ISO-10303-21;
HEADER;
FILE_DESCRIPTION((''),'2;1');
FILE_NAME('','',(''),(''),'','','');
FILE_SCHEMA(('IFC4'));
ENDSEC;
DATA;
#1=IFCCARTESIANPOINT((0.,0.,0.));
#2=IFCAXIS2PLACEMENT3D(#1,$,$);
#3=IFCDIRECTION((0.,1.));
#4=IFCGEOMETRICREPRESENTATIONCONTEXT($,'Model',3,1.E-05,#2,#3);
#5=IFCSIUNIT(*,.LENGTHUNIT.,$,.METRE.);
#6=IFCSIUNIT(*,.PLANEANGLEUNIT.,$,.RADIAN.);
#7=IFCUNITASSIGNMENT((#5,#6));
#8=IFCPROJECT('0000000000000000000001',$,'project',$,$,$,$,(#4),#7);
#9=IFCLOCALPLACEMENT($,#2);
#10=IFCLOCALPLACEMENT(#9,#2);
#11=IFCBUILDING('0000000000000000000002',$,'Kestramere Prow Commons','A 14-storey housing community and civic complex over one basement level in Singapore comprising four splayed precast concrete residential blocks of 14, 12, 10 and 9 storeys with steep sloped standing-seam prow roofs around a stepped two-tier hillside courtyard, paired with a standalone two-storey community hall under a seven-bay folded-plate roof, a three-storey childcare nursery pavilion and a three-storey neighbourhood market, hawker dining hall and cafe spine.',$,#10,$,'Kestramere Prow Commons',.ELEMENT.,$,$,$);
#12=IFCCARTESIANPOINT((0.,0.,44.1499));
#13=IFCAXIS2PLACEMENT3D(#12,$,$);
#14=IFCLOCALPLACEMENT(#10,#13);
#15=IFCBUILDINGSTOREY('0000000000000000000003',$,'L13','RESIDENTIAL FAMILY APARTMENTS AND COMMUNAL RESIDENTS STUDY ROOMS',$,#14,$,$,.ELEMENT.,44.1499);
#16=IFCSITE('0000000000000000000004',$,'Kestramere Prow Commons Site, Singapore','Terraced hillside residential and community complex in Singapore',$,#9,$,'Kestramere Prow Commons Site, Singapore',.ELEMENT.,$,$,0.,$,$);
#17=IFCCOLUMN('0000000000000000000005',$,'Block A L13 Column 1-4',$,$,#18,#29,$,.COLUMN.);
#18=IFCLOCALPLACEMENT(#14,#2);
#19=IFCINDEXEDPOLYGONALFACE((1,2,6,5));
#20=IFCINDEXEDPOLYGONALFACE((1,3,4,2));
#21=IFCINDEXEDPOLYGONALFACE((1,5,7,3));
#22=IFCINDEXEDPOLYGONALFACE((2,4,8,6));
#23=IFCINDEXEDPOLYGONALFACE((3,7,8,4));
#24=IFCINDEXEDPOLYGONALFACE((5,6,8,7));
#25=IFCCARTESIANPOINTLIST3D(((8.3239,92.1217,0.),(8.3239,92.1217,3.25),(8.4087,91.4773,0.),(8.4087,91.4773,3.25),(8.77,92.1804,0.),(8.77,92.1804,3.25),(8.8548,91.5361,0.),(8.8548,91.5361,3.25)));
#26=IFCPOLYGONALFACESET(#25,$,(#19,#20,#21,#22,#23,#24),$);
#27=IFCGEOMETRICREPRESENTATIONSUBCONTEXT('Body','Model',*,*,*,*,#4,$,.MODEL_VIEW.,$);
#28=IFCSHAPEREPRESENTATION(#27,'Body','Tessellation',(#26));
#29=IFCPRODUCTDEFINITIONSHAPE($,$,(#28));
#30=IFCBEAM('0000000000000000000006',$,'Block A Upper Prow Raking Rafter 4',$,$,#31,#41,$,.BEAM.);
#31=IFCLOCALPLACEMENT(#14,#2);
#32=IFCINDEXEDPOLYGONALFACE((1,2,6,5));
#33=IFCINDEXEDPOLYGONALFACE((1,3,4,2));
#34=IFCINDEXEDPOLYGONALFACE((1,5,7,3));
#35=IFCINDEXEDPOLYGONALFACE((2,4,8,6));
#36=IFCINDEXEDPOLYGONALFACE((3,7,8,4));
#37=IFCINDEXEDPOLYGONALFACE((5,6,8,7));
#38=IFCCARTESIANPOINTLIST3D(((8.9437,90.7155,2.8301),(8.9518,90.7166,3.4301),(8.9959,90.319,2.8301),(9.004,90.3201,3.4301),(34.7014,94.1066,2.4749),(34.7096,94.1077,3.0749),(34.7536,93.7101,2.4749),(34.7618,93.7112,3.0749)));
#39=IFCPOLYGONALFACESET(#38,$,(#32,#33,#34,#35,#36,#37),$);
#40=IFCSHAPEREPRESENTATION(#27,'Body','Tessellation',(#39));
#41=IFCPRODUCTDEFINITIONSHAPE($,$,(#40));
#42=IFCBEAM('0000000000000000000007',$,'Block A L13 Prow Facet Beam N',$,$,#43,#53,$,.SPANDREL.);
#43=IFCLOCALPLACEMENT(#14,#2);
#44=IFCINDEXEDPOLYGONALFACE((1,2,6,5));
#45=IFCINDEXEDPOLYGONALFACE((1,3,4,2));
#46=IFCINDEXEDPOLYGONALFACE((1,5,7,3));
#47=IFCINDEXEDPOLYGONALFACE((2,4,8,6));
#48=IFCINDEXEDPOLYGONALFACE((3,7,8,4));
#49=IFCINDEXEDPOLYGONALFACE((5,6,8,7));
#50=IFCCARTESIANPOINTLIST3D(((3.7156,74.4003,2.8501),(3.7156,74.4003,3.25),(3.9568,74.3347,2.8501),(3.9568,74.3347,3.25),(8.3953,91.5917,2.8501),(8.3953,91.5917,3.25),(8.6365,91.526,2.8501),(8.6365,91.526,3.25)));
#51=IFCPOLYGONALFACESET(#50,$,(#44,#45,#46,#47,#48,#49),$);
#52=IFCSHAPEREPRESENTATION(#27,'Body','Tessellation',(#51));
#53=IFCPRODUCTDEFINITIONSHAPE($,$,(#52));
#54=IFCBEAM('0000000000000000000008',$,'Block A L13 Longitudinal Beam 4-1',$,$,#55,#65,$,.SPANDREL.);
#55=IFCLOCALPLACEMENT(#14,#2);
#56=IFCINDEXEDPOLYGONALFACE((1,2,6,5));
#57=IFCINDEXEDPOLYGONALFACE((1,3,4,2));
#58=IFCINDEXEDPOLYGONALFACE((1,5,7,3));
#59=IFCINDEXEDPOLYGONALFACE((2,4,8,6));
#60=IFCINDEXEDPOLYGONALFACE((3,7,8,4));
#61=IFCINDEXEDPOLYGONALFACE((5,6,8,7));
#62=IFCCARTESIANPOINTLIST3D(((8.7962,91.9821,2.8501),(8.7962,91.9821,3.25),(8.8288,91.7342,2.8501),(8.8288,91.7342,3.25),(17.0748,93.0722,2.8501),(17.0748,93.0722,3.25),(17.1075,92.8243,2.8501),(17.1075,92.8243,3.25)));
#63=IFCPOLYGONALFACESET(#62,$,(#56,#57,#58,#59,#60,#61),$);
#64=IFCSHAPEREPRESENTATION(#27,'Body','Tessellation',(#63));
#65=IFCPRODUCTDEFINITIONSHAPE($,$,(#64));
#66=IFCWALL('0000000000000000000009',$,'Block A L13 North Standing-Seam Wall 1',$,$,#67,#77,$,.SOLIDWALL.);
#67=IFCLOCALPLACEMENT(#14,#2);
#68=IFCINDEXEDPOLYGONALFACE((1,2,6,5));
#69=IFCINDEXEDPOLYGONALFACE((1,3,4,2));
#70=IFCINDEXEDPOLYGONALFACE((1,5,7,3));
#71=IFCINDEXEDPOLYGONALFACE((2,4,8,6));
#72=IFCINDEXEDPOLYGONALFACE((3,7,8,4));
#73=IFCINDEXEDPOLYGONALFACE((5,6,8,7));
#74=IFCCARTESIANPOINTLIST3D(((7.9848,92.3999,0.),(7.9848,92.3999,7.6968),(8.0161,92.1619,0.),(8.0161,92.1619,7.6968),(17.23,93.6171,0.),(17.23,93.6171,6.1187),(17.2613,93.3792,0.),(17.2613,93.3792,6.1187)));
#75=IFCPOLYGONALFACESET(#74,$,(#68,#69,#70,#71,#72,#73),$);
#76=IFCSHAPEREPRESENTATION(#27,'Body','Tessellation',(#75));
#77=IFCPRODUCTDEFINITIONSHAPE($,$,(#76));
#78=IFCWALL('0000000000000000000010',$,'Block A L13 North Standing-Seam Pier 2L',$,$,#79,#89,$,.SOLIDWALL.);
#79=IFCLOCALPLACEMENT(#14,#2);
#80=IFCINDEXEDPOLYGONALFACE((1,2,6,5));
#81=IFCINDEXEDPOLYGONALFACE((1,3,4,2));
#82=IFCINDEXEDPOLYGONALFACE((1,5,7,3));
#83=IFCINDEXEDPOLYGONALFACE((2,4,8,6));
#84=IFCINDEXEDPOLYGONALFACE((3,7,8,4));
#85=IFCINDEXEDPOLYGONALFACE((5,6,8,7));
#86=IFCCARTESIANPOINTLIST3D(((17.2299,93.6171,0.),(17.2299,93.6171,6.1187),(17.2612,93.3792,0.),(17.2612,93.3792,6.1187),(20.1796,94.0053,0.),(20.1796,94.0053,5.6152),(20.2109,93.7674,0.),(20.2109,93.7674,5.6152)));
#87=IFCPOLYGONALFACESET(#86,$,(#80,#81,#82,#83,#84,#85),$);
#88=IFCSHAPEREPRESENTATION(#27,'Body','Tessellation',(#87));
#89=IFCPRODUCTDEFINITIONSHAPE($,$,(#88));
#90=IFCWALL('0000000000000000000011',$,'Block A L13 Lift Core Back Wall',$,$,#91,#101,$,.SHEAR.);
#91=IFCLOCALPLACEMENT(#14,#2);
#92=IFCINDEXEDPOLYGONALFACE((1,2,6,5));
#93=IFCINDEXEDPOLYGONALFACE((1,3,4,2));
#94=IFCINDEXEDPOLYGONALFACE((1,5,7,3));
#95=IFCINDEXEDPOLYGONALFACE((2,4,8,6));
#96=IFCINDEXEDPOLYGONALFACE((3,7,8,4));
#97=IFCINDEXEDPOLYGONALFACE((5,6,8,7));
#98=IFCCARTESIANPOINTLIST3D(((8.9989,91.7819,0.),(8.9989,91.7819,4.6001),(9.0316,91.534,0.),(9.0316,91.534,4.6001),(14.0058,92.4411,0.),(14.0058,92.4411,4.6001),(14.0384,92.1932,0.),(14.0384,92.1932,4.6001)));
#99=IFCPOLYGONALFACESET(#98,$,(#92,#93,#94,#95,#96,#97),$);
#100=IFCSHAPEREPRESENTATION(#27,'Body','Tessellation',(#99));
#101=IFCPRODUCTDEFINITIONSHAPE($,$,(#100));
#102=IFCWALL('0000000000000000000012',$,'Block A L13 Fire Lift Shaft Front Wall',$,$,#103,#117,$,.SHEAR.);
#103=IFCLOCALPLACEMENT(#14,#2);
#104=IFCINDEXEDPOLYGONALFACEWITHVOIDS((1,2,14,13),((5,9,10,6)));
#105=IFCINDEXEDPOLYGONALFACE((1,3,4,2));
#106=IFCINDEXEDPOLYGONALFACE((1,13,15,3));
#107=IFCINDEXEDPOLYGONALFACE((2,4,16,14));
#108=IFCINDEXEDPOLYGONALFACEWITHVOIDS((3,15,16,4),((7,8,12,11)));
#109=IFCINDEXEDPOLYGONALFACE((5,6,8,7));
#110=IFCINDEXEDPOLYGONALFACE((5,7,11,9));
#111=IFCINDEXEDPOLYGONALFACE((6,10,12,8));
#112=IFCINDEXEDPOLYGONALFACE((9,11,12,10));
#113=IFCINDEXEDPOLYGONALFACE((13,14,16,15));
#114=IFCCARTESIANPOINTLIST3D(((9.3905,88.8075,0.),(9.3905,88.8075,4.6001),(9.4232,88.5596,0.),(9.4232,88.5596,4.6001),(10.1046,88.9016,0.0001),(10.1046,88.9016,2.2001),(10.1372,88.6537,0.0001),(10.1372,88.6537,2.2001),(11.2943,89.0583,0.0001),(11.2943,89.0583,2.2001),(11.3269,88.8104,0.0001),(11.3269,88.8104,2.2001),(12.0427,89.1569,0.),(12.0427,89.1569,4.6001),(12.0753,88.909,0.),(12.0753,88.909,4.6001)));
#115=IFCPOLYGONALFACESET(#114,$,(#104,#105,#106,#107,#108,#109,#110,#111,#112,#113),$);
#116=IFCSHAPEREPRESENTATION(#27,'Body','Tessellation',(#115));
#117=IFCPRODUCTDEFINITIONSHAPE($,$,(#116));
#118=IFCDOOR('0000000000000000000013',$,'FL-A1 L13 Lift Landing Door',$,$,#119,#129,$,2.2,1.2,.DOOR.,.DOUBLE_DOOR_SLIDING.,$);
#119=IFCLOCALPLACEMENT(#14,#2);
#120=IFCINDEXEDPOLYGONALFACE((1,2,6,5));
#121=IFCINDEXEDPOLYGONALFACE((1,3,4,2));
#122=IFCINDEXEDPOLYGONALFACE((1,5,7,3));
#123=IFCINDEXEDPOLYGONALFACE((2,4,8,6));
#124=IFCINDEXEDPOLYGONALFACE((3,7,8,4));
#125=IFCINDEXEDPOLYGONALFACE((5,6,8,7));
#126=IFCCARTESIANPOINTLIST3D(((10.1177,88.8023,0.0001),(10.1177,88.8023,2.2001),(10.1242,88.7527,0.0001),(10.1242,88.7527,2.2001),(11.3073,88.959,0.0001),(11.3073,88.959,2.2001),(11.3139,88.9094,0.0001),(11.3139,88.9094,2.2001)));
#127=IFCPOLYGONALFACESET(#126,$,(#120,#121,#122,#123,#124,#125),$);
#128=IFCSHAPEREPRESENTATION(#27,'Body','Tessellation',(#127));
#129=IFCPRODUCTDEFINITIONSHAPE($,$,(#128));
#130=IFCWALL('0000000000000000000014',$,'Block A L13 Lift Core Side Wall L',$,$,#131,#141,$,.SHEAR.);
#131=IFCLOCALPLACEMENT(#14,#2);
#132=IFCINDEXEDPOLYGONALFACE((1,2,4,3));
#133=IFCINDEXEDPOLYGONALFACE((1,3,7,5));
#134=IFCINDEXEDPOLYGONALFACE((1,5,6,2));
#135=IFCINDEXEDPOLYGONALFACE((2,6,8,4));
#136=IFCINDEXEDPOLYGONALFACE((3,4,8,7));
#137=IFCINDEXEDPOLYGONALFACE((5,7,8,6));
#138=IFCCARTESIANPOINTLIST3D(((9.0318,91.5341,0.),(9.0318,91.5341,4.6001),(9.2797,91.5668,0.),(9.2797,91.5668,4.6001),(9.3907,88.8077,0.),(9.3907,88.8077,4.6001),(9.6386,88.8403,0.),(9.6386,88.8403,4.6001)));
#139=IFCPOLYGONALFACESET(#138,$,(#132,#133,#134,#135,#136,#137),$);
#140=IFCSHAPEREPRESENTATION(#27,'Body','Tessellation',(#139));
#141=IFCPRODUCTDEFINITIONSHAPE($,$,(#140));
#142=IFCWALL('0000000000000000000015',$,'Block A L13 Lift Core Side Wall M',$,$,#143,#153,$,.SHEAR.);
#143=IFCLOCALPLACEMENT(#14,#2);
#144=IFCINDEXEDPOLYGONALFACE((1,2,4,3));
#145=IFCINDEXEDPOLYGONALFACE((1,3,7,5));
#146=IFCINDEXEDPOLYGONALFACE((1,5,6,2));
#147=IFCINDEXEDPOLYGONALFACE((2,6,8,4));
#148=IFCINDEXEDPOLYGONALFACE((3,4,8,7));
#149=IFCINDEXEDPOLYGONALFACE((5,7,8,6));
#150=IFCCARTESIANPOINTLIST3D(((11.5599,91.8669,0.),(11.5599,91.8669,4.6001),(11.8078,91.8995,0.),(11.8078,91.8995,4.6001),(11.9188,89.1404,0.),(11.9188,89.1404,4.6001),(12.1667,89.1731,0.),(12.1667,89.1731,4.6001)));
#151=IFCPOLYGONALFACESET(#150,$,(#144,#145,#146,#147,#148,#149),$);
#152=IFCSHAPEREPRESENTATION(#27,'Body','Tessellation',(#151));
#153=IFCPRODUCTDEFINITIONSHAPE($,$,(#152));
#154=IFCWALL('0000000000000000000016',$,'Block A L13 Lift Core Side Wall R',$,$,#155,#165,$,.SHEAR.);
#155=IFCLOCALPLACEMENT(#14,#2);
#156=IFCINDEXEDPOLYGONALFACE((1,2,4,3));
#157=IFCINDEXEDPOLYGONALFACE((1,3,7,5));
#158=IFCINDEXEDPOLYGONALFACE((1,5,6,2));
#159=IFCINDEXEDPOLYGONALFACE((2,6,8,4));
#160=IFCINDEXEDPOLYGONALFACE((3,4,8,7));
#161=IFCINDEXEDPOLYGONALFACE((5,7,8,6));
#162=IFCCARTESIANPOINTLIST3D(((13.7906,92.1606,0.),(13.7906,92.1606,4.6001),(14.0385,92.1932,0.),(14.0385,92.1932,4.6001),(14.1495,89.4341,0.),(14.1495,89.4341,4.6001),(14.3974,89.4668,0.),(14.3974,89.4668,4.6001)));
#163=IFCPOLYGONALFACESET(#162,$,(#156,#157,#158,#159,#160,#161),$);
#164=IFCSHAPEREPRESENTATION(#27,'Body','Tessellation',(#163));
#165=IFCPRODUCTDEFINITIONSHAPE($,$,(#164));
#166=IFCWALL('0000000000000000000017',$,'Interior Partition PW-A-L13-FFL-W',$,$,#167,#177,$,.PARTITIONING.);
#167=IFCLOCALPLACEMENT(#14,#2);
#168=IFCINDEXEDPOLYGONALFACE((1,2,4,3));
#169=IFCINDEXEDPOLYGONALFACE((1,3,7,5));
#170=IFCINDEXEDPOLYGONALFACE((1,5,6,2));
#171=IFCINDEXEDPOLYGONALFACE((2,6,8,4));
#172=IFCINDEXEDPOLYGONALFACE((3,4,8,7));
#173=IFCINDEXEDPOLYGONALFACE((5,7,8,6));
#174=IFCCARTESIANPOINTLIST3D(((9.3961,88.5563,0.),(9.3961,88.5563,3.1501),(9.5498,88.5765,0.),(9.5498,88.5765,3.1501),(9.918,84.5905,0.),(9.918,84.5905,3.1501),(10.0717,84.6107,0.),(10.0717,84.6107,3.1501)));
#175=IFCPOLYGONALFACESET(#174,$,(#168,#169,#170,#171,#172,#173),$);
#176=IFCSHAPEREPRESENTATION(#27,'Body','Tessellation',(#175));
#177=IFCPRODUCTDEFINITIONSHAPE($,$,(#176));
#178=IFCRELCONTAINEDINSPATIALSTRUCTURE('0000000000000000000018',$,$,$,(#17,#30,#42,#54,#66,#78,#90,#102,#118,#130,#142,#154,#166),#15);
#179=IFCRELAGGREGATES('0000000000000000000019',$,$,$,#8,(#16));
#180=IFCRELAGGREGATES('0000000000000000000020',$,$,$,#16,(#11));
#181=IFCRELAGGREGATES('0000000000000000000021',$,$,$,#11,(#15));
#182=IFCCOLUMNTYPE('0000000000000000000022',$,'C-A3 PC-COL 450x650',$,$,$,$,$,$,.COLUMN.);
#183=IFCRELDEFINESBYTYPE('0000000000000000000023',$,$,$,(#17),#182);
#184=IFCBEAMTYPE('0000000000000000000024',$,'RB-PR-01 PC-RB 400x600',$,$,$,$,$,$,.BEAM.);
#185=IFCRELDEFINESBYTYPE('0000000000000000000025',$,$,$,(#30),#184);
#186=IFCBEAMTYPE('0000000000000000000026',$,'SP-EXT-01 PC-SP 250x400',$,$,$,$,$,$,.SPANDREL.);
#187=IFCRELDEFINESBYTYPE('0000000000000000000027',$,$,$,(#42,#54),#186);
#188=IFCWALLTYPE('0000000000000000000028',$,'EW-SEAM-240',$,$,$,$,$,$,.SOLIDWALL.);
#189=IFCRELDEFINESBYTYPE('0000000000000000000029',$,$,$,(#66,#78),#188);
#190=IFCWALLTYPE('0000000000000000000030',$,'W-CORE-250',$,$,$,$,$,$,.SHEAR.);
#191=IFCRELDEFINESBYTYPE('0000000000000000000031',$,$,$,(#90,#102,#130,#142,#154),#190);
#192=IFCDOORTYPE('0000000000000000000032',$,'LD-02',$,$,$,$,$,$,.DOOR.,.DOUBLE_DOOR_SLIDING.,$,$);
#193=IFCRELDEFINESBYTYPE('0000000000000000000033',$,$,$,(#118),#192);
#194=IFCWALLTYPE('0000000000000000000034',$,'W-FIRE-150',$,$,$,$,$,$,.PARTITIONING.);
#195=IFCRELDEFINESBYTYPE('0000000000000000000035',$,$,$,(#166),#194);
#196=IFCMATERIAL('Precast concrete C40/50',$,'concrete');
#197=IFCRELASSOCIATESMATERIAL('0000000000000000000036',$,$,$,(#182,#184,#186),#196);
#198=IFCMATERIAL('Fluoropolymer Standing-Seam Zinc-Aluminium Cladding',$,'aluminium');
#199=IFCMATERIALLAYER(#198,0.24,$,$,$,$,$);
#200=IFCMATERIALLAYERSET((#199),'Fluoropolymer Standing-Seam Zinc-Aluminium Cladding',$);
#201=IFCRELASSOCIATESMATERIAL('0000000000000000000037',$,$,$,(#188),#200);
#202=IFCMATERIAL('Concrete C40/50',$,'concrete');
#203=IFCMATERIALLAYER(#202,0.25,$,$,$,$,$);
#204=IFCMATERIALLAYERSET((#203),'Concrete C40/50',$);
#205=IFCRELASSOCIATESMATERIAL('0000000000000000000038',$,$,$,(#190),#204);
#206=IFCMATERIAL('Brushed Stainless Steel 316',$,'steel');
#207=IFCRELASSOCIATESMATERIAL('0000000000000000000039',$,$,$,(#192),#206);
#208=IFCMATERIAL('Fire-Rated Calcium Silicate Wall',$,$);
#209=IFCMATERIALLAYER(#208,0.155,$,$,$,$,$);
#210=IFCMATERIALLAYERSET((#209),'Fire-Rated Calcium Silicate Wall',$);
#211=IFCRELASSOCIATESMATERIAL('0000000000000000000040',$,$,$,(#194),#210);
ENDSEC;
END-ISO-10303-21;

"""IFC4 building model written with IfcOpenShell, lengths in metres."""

from ifc_helpers import new_model, si_unit, direction, frame, frame_2d, origin, origin_2d, place, context, subcontext, project, spatial, polyline, rectangle, outline, extrude, material, layer, layer_set, material_profile, profile_set, type_object, element, fill, save


model = new_model("IFC4")

# Units and contexts
model_context = context("Model", 3, precision=1e-05, world=origin(), true_north=direction((0.0, 1.0)))
body_context = subcontext(model_context, "Body", "Model", "MODEL_VIEW")
ifc_project = project(units=[si_unit("LENGTHUNIT", "METRE"), si_unit("PLANEANGLEUNIT", "RADIAN")], contexts=[model_context])

# Site, building, storey
site_placement = place(None, origin())
site = spatial("IfcSite", under=ifc_project, at=site_placement, Name="Kestramere Prow Commons Site, Singapore", Description="Terraced hillside residential and community complex in Singapore", LongName="Kestramere Prow Commons Site, Singapore", CompositionType="ELEMENT", RefElevation=0.0)
building_placement = place(site_placement, origin())
building = spatial("IfcBuilding", under=site, at=building_placement, Name="Kestramere Prow Commons", Description="A 14-storey housing community and civic complex over one basement level in Singapore comprising four splayed precast concrete residential blocks of 14, 12, 10 and 9 storeys with steep sloped standing-seam prow roofs around a stepped two-tier hillside courtyard, paired with a standalone two-storey community hall under a seven-bay folded-plate roof, a three-storey childcare nursery pavilion and a three-storey neighbourhood market, hawker dining hall and cafe spine.", LongName="Kestramere Prow Commons", CompositionType="ELEMENT")
storey_placement = place(building_placement, frame((0.0, 0.0, 44.1499)))
storey = spatial("IfcBuildingStorey", under=building, at=storey_placement, Name="L13", Description="RESIDENTIAL FAMILY APARTMENTS AND COMMUNAL RESIDENTS STUDY ROOMS", CompositionType="ELEMENT", Elevation=44.1499)

# Column
ifc_material_1 = material(Name="Precast concrete C40/50", Category="concrete")
ifc_material_profile_1 = material_profile(ifc_material_1, rectangle(XDim=0.45, YDim=0.6499, at=origin_2d()), Name="PC-COL 450x650")
ifc_profile_set_1 = profile_set([ifc_material_profile_1], Name="Precast concrete C40/50")
column_type = type_object("IfcColumnType", Name="C-A3 PC-COL 450x650", PredefinedType="COLUMN", material=ifc_profile_set_1)
column_placement = place(storey_placement, frame((8.5894, 91.8289, 0.0), z_axis=(0.0, 0.0, 1.0), x_axis=(0.991445, 0.130526, 0.0)))
element("IfcColumn", 1, at=column_placement, inside=storey, type_object=column_type, Name="Block A L13 Column 1-4", PredefinedType="COLUMN", context=body_context, shape_type="SweptSolid", body=[
    extrude(rectangle(XDim=0.45, YDim=0.6499, at=origin_2d()), origin(), (0.0, 0.0, 1.0), 3.25),
])

# Beams
ifc_material_profile_2 = material_profile(ifc_material_1, rectangle(XDim=0.3999, YDim=0.6001, at=origin_2d()), Name="PC-RB 400x600")
ifc_profile_set_2 = profile_set([ifc_material_profile_2], Name="Precast concrete C40/50")
beam_type_1 = type_object("IfcBeamType", Name="RB-PR-01 PC-RB 400x600", PredefinedType="BEAM", material=ifc_profile_set_2)
beam_1_placement = place(storey_placement, frame((8.9739, 90.5178, 3.1301), z_axis=(0.991352, 0.130515, -0.013672), x_axis=(-0.130527, 0.991445, 0.0)))
element("IfcBeam", 2, at=beam_1_placement, inside=storey, type_object=beam_type_1, Name="Block A Upper Prow Raking Rafter 4", PredefinedType="BEAM", context=body_context, shape_type="SweptSolid", body=[
    extrude(rectangle(XDim=0.3999, YDim=0.6001, at=origin_2d()), origin(), (0.0, 0.0, 1.0), 25.9824),
])
ifc_material_profile_3 = material_profile(ifc_material_1, rectangle(XDim=0.25, YDim=0.3999, at=origin_2d()), Name="PC-SP 250x400")
ifc_profile_set_3 = profile_set([ifc_material_profile_3], Name="Precast concrete C40/50")
beam_type_2 = type_object("IfcBeamType", Name="SP-EXT-01 PC-SP 250x400", PredefinedType="SPANDREL", material=ifc_profile_set_3)
beam_2_placement = place(storey_placement, frame((8.5159, 91.5588, 3.05), z_axis=(-0.262654, -0.96489, 0.0), x_axis=(0.96489, -0.262654, 0.0)))
element("IfcBeam", 3, at=beam_2_placement, inside=storey, type_object=beam_type_2, Name="Block A L13 Prow Facet Beam N", PredefinedType="SPANDREL", context=body_context, shape_type="SweptSolid", body=[
    extrude(rectangle(XDim=0.25, YDim=0.3999, at=origin_2d()), origin(), (0.0, 0.0, 1.0), 17.8169),
])
beam_3_placement = place(storey_placement, frame((8.8125, 91.8582, 3.05), z_axis=(0.991442, 0.130549, 0.0), x_axis=(-0.130549, 0.991442, 0.0)))
element("IfcBeam", 4, at=beam_3_placement, inside=storey, type_object=beam_type_2, Name="Block A L13 Longitudinal Beam 4-1", PredefinedType="SPANDREL", context=body_context, shape_type="SweptSolid", body=[
    extrude(rectangle(XDim=0.25, YDim=0.3999, at=origin_2d()), origin(), (0.0, 0.0, 1.0), 8.3501),
])

# Walls
ifc_material_2 = material(Name="Fluoropolymer Standing-Seam Zinc-Aluminium Cladding", Category="aluminium")
ifc_layer_1 = layer(ifc_material_2, 0.24)
ifc_layer_set_1 = layer_set([ifc_layer_1], Name="Fluoropolymer Standing-Seam Zinc-Aluminium Cladding")
wall_type_1 = type_object("IfcWallType", Name="EW-SEAM-240", PredefinedType="SOLIDWALL", material=ifc_layer_set_1)
wall_1_placement = place(storey_placement, frame((8.0005, 92.2808, 0.0), z_axis=(0.0, 0.0, 1.0), x_axis=(0.991443, 0.130541, 0.0)))
element("IfcWall", 5, at=wall_1_placement, inside=storey, type_object=wall_type_1, Name="Block A L13 North Standing-Seam Wall 1", PredefinedType="SOLIDWALL", context=body_context, shape_type="SweptSolid", body=[
    extrude(outline(polyline([(0.0, 0.0), (9.325, 0.0), (9.325, 6.1187), (0.0, 7.6968), (0.0, 0.0)])), frame((0.0, 0.1201, 0.0), z_axis=(0.0, -1.0, 0.0), x_axis=(1.0, 0.0, 0.0)), (0.0, 0.0, 1.0), 0.24),
])
wall_2_placement = place(storey_placement, frame((17.2456, 93.498, 0.0), z_axis=(0.0, 0.0, 1.0), x_axis=(0.991452, 0.130476, 0.0)))
element("IfcWall", 6, at=wall_2_placement, inside=storey, type_object=wall_type_1, Name="Block A L13 North Standing-Seam Pier 2L", PredefinedType="SOLIDWALL", context=body_context, shape_type="SweptSolid", body=[
    extrude(outline(polyline([(0.0, 0.0), (2.9751, 0.0), (2.9751, 5.6152), (0.0, 6.1187), (0.0, 0.0)])), frame((0.0, 0.1201, 0.0), z_axis=(0.0, -1.0, 0.0), x_axis=(1.0, 0.0, 0.0)), (0.0, 0.0, 1.0), 0.24),
])
ifc_material_3 = material(Name="Concrete C40/50", Category="concrete")
ifc_layer_2 = layer(ifc_material_3, 0.25)
ifc_layer_set_2 = layer_set([ifc_layer_2], Name="Concrete C40/50")
wall_type_2 = type_object("IfcWallType", Name="W-CORE-250", PredefinedType="SHEAR", material=ifc_layer_set_2)
wall_3_placement = place(storey_placement, frame((9.0154, 91.658, 0.0), z_axis=(0.0, 0.0, 1.0), x_axis=(0.991444, 0.13053, 0.0)))
element("IfcWall", 7, at=wall_3_placement, inside=storey, type_object=wall_type_2, Name="Block A L13 Lift Core Back Wall", PredefinedType="SHEAR", context=body_context, shape_type="SweptSolid", body=[
    extrude(rectangle(XDim=5.05, YDim=0.25, at=frame_2d((2.5249, 0.0))), origin(), (0.0, 0.0, 1.0), 4.6001),
])

# Wall, opening, door
wall_4_placement = place(storey_placement, frame((9.407, 88.6836, 0.0), z_axis=(0.0, 0.0, 1.0), x_axis=(0.991435, 0.130603, 0.0)))
wall_4 = element("IfcWall", 8, at=wall_4_placement, inside=storey, type_object=wall_type_2, Name="Block A L13 Fire Lift Shaft Front Wall", PredefinedType="SHEAR", context=body_context, shape_type="SweptSolid", body=[
    extrude(rectangle(XDim=2.675, YDim=0.25, at=frame_2d((1.3374, 0.0))), origin(), (0.0, 0.0, 1.0), 4.6001),
])
opening_1_placement = place(wall_4_placement, frame((0.72, 0.0, 0.0)))
opening_1 = element("IfcOpeningElement", 9, at=opening_1_placement, cuts=wall_4, PredefinedType="OPENING", context=body_context, shape_type="SweptSolid", body=[
    extrude(rectangle(XDim=1.2, YDim=2.2, at=frame_2d((0.6001, 1.1001))), frame((0.0, 0.1399, 0.0), z_axis=(0.0, -1.0, 0.0), x_axis=(1.0, 0.0, 0.0)), (0.0, 0.0, 1.0), 0.28),
])
ifc_material_4 = material(Name="Brushed Stainless Steel 316", Category="steel")
door_type_1 = type_object("IfcDoorType", Name="LD-02", OperationType="DOUBLE_DOOR_SLIDING", PredefinedType="DOOR", material=ifc_material_4)
door_1_placement = place(opening_1_placement, origin())
door_1 = element("IfcDoor", 10, at=door_1_placement, inside=storey, type_object=door_type_1, Name="FL-A1 L13 Lift Landing Door", OperationType="DOUBLE_DOOR_SLIDING", OverallHeight=2.2, OverallWidth=1.2, PredefinedType="DOOR", context=body_context, shape_type="SweptSolid", body=[
    extrude(rectangle(XDim=1.2, YDim=2.2, at=frame_2d((0.6001, 1.1001))), frame((0.0, 0.0249, 0.0), z_axis=(0.0, -1.0, 0.0), x_axis=(1.0, 0.0, 0.0)), (0.0, 0.0, 1.0), 0.05),
])
fill(opening_1, door_1)

# Walls
for number, where, z_axis, x_axis, name in (
    (11, (9.5146, 88.824, 0.0), (0.0, 0.0, 1.0), (-0.1305, 0.991448, 0.0), "Block A L13 Lift Core Side Wall L"),
    (12, (12.0427, 89.1567, 0.0), (0.0, 0.0, 1.0), (-0.1305, 0.991448, 0.0), "Block A L13 Lift Core Side Wall M"),
    (13, (14.2734, 89.4504, 0.0), (0.0, 0.0, 1.0), (-0.1305, 0.991448, 0.0), "Block A L13 Lift Core Side Wall R"),
):
    element("IfcWall", number, at=place(storey_placement, frame(where, z_axis=z_axis, x_axis=x_axis)), inside=storey, type_object=wall_type_2, Name=name, PredefinedType="SHEAR", context=body_context, shape_type="SweptSolid", body=[
        extrude(rectangle(XDim=2.75, YDim=0.25, at=frame_2d((1.375, 0.0))), origin(), (0.0, 0.0, 1.0), 4.6001),
    ])

# Shared definitions
ifc_material_5 = material(Name="Fire-Rated Calcium Silicate Wall")
ifc_layer_3 = layer(ifc_material_5, 0.155)
ifc_layer_set_3 = layer_set([ifc_layer_3], Name="Fire-Rated Calcium Silicate Wall")
wall_type_3 = type_object("IfcWallType", Name="W-FIRE-150", PredefinedType="PARTITIONING", material=ifc_layer_set_3)

# Wall
wall_5_placement = place(storey_placement, frame((9.9949, 84.6006, 0.0), z_axis=(0.0, 0.0, 1.0), x_axis=(-0.130492, 0.991449, 0.0)))
element("IfcWall", 14, at=wall_5_placement, inside=storey, type_object=wall_type_3, Name="Interior Partition PW-A-L13-FFL-W", PredefinedType="PARTITIONING", context=body_context, shape_type="SweptSolid", body=[
    extrude(rectangle(XDim=4.0, YDim=0.155, at=frame_2d((2.0, 0.0))), origin(), (0.0, 0.0, 1.0), 3.1501),
])

save(model, "model.ifc")
